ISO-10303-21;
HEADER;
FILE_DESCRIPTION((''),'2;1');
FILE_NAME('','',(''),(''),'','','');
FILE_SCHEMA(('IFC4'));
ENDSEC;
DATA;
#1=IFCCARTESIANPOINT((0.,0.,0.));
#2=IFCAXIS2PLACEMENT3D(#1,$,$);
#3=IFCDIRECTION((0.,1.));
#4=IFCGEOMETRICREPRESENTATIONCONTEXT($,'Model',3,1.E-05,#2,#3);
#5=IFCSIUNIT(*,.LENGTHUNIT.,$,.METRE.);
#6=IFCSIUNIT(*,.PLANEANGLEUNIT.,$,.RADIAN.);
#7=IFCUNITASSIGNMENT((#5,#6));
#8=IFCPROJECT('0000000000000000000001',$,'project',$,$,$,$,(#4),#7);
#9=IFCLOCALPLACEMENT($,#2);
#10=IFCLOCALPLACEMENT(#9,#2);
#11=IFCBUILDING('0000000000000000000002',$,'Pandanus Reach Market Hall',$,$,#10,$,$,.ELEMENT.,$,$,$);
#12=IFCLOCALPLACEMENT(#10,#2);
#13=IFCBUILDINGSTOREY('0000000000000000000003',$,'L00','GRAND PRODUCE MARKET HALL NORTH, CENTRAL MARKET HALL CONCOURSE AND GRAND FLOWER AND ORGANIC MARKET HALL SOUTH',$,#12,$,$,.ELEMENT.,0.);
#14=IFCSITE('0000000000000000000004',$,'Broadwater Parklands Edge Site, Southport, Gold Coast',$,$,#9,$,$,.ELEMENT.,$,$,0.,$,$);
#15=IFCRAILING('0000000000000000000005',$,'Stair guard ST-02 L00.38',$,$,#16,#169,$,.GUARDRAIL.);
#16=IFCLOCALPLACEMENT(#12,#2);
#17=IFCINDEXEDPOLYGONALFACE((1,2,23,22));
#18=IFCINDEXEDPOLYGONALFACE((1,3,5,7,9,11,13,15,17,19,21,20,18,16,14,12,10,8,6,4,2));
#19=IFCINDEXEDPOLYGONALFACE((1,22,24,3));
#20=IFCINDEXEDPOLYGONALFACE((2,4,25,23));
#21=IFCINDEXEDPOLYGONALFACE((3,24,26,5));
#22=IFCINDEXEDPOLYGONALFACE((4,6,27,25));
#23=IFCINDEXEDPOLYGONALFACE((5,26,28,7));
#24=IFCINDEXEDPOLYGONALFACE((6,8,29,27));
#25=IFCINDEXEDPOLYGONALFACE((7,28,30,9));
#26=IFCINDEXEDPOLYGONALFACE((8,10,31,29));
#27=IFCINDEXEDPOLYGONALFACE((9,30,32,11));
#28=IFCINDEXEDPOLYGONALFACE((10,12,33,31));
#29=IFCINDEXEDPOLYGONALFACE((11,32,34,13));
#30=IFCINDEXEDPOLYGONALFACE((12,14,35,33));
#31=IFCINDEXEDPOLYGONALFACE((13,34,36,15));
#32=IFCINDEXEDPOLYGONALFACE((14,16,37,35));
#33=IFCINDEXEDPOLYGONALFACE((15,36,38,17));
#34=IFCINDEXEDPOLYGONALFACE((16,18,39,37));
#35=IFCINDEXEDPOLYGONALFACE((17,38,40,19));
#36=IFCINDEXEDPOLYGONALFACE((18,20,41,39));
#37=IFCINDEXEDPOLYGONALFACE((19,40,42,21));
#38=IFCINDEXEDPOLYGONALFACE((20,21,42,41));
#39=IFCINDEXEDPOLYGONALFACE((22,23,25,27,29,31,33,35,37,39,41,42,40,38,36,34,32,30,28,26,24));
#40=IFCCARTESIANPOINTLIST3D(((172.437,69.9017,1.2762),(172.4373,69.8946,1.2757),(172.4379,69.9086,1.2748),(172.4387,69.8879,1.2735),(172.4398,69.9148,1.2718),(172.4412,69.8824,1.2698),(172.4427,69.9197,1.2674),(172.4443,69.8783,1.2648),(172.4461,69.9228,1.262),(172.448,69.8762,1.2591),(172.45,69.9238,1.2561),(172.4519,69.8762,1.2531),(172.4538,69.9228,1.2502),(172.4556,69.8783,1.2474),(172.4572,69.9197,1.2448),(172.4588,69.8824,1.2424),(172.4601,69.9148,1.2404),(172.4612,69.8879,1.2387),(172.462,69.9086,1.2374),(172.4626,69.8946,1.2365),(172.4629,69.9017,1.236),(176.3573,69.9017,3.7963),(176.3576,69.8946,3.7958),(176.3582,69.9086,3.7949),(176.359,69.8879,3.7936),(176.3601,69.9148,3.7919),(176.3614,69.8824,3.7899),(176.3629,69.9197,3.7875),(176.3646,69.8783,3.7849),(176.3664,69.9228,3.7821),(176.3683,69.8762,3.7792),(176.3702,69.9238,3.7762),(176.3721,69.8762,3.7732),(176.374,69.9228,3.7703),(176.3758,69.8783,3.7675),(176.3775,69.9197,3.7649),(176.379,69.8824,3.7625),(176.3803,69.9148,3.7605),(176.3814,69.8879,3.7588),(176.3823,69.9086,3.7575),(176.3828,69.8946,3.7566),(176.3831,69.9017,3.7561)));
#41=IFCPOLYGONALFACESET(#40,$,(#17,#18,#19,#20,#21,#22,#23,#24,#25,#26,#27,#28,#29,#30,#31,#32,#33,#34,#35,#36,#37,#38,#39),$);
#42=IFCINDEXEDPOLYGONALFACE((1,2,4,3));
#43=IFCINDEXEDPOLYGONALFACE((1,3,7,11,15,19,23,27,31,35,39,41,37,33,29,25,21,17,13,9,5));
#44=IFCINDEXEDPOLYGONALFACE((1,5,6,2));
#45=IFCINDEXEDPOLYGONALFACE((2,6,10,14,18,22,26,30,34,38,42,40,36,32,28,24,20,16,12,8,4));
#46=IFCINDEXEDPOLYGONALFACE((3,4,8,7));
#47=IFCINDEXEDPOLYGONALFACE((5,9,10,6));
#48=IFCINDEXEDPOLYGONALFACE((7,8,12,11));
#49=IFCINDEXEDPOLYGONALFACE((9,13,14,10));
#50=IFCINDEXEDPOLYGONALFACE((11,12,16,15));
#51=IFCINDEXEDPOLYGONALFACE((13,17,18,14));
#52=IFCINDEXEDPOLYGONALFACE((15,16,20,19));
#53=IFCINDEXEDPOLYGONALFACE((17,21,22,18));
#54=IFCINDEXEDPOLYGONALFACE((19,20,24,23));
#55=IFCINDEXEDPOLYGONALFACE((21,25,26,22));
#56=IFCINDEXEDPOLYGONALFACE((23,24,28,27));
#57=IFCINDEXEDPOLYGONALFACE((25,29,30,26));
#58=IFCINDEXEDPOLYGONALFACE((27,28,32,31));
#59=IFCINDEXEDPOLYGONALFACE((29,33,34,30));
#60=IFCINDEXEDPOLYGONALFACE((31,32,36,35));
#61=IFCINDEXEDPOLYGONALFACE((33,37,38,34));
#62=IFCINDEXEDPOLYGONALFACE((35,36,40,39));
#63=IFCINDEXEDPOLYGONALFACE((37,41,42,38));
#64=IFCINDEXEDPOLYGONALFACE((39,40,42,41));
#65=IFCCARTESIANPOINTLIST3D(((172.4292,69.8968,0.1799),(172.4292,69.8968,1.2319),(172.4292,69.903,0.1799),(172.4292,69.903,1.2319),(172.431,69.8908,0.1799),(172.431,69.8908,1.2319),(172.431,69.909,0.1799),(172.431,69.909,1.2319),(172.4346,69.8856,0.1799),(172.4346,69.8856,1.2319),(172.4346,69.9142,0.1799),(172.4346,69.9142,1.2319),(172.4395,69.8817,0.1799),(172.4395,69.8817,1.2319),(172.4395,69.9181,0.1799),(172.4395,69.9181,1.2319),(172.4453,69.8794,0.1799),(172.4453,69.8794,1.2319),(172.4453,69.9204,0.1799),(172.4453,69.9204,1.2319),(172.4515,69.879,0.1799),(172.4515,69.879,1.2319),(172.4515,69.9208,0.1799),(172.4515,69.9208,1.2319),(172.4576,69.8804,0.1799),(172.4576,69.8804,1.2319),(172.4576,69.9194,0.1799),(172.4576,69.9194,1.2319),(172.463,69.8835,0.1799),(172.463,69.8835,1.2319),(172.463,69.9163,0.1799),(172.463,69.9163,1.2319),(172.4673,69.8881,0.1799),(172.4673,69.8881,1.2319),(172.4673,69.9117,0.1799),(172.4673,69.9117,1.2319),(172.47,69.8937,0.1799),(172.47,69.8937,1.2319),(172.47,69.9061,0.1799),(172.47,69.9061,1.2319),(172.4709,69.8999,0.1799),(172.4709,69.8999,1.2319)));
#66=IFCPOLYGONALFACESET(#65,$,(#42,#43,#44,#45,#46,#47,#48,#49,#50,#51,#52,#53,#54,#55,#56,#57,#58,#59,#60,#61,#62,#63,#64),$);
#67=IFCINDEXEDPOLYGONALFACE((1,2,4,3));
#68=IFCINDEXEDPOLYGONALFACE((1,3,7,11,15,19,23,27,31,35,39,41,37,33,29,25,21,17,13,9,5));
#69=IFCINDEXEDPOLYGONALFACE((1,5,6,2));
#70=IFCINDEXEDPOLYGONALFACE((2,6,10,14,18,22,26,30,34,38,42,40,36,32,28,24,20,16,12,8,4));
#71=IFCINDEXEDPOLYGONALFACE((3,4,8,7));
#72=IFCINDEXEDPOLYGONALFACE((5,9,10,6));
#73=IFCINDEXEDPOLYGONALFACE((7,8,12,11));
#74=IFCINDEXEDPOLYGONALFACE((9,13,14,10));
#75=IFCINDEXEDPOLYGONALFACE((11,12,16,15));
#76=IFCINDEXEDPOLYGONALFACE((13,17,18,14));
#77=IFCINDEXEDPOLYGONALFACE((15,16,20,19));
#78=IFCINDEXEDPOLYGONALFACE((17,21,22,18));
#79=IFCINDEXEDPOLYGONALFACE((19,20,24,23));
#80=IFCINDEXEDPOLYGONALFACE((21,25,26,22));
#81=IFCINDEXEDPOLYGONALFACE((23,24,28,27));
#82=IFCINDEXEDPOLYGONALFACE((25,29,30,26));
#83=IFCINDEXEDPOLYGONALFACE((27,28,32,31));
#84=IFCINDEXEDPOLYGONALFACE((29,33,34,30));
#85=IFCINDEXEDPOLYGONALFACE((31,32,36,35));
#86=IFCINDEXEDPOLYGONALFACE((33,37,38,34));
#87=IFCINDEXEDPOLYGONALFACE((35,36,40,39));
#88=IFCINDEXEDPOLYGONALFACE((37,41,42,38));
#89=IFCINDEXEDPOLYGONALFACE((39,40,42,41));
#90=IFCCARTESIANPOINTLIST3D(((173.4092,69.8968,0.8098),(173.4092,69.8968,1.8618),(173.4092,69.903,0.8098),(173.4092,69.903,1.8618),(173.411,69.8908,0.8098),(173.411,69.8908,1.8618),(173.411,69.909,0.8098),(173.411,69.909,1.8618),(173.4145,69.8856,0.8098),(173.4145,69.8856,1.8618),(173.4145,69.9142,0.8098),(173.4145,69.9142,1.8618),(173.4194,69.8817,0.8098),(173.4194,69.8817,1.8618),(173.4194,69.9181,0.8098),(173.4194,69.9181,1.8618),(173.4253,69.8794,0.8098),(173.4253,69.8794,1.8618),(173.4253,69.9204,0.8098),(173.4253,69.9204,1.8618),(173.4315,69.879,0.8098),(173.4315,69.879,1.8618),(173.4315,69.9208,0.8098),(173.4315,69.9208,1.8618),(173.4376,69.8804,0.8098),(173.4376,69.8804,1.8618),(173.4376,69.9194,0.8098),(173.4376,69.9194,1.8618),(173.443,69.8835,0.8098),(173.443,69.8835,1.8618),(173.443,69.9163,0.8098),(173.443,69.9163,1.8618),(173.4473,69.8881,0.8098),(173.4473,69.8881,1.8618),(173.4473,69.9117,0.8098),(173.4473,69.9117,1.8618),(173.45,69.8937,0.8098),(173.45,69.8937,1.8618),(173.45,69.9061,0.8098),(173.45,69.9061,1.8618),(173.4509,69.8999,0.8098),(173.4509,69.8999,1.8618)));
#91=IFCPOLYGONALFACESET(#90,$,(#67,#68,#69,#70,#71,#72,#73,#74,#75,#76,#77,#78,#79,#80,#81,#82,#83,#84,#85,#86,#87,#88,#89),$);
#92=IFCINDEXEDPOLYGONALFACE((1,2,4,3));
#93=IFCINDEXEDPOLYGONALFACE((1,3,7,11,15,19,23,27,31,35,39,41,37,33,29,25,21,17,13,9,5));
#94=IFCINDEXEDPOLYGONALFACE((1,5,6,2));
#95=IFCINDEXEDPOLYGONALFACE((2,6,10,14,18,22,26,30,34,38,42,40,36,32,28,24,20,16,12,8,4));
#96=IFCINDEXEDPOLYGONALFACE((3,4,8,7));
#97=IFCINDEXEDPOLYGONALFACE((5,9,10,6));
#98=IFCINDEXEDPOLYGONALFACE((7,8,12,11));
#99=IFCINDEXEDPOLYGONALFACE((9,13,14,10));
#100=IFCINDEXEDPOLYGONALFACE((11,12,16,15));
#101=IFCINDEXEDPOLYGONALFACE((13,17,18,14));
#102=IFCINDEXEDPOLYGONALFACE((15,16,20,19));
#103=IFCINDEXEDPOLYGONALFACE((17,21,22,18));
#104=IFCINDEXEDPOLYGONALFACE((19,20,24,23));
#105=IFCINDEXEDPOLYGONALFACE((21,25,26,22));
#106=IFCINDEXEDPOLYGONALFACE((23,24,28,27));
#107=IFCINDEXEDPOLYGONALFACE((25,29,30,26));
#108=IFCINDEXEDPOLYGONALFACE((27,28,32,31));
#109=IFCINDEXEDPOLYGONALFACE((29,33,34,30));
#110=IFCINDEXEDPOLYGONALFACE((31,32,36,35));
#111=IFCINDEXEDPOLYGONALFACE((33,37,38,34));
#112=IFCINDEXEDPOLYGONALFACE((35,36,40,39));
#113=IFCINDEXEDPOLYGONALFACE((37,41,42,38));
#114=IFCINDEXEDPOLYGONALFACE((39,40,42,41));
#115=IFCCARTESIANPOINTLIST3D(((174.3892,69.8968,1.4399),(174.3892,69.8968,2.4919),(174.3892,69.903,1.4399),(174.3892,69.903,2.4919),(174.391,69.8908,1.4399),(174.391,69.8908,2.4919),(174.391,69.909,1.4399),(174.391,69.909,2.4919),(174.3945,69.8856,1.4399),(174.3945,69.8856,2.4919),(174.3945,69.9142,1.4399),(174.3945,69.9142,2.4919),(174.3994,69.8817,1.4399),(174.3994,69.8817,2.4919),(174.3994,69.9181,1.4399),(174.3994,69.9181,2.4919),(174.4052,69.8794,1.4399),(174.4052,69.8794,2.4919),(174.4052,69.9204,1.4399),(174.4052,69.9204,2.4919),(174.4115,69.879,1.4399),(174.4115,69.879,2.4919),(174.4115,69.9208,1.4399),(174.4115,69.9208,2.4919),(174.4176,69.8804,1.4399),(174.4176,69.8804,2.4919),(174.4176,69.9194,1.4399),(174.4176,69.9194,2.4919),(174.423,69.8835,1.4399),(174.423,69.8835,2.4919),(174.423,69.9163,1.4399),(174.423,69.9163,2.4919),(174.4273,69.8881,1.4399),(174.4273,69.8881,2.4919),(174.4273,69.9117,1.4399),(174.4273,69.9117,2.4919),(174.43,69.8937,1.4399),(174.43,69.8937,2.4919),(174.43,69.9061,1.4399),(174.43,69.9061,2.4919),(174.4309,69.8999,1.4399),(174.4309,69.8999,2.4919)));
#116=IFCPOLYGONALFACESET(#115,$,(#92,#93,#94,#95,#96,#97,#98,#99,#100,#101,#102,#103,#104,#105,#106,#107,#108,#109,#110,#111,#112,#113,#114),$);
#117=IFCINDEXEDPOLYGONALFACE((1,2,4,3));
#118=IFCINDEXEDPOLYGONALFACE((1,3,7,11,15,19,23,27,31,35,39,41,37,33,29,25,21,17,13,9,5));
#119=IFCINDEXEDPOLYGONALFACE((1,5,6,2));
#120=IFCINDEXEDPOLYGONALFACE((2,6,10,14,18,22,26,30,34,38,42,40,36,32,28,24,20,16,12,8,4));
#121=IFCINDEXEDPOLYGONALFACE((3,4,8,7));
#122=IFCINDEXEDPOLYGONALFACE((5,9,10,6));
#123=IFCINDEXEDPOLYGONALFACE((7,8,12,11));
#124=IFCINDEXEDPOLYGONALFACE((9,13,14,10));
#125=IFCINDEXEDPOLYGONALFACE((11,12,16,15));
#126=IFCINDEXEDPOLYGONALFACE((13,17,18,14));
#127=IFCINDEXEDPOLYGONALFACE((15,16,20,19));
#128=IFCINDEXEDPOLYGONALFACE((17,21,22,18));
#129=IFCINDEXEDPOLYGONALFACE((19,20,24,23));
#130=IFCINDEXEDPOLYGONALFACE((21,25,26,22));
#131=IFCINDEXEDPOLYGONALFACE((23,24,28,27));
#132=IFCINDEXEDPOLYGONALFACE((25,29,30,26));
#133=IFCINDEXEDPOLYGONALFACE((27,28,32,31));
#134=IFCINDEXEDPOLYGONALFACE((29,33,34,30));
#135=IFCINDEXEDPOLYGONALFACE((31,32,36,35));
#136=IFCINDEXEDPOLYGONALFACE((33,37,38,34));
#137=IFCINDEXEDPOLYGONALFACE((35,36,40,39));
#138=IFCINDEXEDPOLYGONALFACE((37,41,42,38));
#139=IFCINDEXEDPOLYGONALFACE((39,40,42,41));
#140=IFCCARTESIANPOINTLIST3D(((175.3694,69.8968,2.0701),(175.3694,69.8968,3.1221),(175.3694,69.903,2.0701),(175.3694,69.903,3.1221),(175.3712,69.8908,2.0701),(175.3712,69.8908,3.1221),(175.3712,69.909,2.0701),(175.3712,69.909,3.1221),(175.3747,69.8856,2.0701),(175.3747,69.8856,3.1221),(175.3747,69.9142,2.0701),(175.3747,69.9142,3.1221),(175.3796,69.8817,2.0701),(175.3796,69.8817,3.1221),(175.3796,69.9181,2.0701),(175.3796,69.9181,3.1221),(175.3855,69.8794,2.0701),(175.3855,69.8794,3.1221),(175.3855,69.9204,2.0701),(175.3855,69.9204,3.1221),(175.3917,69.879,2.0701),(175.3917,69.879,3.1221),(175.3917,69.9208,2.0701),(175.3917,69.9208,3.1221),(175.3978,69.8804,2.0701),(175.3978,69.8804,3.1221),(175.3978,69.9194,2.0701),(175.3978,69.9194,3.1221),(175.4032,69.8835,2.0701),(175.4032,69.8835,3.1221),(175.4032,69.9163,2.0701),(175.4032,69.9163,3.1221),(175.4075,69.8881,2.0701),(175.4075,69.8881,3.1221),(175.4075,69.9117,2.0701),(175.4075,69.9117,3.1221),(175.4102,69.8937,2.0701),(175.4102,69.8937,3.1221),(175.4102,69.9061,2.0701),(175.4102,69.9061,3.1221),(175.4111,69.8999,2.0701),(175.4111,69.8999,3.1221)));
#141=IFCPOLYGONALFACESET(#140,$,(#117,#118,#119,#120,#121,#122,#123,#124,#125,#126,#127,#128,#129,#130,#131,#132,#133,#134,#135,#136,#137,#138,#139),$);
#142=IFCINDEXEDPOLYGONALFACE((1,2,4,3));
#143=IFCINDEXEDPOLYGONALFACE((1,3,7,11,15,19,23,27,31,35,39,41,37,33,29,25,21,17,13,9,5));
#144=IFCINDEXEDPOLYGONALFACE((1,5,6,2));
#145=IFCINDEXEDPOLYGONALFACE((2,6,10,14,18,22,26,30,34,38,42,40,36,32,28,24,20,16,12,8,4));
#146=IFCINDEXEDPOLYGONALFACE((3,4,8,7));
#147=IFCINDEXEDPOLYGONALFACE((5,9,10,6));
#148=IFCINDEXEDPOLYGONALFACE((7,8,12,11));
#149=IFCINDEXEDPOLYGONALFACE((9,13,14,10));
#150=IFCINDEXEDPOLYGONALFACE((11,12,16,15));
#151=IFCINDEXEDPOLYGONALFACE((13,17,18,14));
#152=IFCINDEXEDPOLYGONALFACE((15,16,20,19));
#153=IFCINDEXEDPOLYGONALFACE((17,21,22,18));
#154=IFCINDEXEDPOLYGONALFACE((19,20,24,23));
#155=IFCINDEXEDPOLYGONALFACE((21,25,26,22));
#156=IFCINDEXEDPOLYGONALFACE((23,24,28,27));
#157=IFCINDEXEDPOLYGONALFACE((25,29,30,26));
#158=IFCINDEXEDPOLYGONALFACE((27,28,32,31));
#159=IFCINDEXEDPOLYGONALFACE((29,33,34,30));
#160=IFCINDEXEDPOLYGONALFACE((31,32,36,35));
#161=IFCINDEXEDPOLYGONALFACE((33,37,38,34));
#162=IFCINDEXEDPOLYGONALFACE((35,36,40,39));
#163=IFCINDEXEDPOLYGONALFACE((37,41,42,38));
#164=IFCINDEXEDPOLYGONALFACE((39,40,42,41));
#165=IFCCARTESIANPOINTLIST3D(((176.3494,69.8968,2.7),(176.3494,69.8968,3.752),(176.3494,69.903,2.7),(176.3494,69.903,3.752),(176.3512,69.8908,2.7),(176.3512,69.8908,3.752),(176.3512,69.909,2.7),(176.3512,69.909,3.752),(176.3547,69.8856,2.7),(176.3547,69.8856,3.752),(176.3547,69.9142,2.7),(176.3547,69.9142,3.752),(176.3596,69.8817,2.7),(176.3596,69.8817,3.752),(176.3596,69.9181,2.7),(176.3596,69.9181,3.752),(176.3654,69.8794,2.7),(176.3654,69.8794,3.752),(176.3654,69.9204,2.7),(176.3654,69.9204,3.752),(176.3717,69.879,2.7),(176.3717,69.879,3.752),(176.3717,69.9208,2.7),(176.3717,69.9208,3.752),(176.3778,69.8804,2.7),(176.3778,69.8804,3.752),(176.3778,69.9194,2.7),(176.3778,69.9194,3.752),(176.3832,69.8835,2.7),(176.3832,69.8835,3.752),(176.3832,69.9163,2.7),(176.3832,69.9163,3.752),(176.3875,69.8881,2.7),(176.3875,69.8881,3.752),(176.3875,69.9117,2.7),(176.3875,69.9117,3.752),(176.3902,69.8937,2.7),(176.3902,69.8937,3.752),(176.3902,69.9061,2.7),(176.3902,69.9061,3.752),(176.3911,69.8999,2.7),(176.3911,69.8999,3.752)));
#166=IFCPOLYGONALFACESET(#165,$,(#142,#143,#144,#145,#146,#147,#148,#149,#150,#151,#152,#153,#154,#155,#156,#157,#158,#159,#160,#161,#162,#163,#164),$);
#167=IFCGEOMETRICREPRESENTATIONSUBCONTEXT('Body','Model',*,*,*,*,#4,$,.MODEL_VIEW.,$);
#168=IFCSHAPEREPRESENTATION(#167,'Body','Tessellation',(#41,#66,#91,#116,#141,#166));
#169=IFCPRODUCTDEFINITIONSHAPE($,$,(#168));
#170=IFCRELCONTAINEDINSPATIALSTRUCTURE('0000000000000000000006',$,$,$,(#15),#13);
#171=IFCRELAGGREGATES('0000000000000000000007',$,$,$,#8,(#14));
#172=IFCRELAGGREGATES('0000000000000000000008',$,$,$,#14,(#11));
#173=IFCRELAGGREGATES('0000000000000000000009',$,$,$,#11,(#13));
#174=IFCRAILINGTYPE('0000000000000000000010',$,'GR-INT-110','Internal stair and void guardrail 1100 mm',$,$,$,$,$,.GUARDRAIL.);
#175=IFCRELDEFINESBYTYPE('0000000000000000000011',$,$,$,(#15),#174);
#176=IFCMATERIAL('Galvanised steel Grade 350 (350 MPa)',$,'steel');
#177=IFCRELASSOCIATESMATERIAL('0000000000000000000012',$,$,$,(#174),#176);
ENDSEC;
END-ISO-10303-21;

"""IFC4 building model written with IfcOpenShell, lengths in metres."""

from ifc_helpers import new_model, si_unit, direction, frame, origin, origin_2d, place, context, subcontext, project, spatial, circle, extrude, material, type_object, element, save


model = new_model("IFC4")

# Units and contexts
model_context = context("Model", 3, precision=1e-05, world=origin(), true_north=direction((0.0, 1.0)))
body_context = subcontext(model_context, "Body", "Model", "MODEL_VIEW")
ifc_project = project(units=[si_unit("LENGTHUNIT", "METRE"), si_unit("PLANEANGLEUNIT", "RADIAN")], contexts=[model_context])

# Site, building, storey
site_placement = place(None, origin())
site = spatial("IfcSite", under=ifc_project, at=site_placement, Name="Broadwater Parklands Edge Site, Southport, Gold Coast", CompositionType="ELEMENT", RefElevation=0.0)
building_placement = place(site_placement, origin())
building = spatial("IfcBuilding", under=site, at=building_placement, Name="Pandanus Reach Market Hall", CompositionType="ELEMENT")
storey_placement = place(building_placement, origin())
storey = spatial("IfcBuildingStorey", under=building, at=storey_placement, Name="L00", Description="GRAND PRODUCE MARKET HALL NORTH, CENTRAL MARKET HALL CONCOURSE AND GRAND FLOWER AND ORGANIC MARKET HALL SOUTH", CompositionType="ELEMENT", Elevation=0.0)

# Railing
ifc_material_1 = material(Name="Galvanised steel Grade 350 (350 MPa)", Category="steel")
railing_type_1 = type_object("IfcRailingType", Name="GR-INT-110", Description="Internal stair and void guardrail 1100 mm", PredefinedType="GUARDRAIL", material=ifc_material_1)
railing_1_placement = place(storey_placement, frame((172.45, 69.8999, 0.1799)))
element("IfcRailing", 1, at=railing_1_placement, inside=storey, type_object=railing_type_1, Name="Stair guard ST-02 L00.38", PredefinedType="GUARDRAIL", context=body_context, shape_type="SweptSolid", body=[
    extrude(circle(Radius=0.0239, at=origin_2d()), frame((0.0, 0.0, 1.0762), z_axis=(0.841187, 0.0, 0.540744), x_axis=(0.0, 1.0, 0.0)), (0.0, 0.0, 1.0), 4.6604),
    extrude(circle(Radius=0.021, at=origin_2d()), origin(), (0.0, 0.0, 1.0), 1.052),
    extrude(circle(Radius=0.021, at=origin_2d()), frame((0.98, 0.0, 0.6299)), (0.0, 0.0, 1.0), 1.052),
    extrude(circle(Radius=0.021, at=origin_2d()), frame((1.96, 0.0, 1.26)), (0.0, 0.0, 1.0), 1.052),
    extrude(circle(Radius=0.021, at=origin_2d()), frame((2.9402, 0.0, 1.8901)), (0.0, 0.0, 1.0), 1.052),
    extrude(circle(Radius=0.021, at=origin_2d()), frame((3.9202, 0.0, 2.52)), (0.0, 0.0, 1.0), 1.052),
])

save(model, "model.ifc")
